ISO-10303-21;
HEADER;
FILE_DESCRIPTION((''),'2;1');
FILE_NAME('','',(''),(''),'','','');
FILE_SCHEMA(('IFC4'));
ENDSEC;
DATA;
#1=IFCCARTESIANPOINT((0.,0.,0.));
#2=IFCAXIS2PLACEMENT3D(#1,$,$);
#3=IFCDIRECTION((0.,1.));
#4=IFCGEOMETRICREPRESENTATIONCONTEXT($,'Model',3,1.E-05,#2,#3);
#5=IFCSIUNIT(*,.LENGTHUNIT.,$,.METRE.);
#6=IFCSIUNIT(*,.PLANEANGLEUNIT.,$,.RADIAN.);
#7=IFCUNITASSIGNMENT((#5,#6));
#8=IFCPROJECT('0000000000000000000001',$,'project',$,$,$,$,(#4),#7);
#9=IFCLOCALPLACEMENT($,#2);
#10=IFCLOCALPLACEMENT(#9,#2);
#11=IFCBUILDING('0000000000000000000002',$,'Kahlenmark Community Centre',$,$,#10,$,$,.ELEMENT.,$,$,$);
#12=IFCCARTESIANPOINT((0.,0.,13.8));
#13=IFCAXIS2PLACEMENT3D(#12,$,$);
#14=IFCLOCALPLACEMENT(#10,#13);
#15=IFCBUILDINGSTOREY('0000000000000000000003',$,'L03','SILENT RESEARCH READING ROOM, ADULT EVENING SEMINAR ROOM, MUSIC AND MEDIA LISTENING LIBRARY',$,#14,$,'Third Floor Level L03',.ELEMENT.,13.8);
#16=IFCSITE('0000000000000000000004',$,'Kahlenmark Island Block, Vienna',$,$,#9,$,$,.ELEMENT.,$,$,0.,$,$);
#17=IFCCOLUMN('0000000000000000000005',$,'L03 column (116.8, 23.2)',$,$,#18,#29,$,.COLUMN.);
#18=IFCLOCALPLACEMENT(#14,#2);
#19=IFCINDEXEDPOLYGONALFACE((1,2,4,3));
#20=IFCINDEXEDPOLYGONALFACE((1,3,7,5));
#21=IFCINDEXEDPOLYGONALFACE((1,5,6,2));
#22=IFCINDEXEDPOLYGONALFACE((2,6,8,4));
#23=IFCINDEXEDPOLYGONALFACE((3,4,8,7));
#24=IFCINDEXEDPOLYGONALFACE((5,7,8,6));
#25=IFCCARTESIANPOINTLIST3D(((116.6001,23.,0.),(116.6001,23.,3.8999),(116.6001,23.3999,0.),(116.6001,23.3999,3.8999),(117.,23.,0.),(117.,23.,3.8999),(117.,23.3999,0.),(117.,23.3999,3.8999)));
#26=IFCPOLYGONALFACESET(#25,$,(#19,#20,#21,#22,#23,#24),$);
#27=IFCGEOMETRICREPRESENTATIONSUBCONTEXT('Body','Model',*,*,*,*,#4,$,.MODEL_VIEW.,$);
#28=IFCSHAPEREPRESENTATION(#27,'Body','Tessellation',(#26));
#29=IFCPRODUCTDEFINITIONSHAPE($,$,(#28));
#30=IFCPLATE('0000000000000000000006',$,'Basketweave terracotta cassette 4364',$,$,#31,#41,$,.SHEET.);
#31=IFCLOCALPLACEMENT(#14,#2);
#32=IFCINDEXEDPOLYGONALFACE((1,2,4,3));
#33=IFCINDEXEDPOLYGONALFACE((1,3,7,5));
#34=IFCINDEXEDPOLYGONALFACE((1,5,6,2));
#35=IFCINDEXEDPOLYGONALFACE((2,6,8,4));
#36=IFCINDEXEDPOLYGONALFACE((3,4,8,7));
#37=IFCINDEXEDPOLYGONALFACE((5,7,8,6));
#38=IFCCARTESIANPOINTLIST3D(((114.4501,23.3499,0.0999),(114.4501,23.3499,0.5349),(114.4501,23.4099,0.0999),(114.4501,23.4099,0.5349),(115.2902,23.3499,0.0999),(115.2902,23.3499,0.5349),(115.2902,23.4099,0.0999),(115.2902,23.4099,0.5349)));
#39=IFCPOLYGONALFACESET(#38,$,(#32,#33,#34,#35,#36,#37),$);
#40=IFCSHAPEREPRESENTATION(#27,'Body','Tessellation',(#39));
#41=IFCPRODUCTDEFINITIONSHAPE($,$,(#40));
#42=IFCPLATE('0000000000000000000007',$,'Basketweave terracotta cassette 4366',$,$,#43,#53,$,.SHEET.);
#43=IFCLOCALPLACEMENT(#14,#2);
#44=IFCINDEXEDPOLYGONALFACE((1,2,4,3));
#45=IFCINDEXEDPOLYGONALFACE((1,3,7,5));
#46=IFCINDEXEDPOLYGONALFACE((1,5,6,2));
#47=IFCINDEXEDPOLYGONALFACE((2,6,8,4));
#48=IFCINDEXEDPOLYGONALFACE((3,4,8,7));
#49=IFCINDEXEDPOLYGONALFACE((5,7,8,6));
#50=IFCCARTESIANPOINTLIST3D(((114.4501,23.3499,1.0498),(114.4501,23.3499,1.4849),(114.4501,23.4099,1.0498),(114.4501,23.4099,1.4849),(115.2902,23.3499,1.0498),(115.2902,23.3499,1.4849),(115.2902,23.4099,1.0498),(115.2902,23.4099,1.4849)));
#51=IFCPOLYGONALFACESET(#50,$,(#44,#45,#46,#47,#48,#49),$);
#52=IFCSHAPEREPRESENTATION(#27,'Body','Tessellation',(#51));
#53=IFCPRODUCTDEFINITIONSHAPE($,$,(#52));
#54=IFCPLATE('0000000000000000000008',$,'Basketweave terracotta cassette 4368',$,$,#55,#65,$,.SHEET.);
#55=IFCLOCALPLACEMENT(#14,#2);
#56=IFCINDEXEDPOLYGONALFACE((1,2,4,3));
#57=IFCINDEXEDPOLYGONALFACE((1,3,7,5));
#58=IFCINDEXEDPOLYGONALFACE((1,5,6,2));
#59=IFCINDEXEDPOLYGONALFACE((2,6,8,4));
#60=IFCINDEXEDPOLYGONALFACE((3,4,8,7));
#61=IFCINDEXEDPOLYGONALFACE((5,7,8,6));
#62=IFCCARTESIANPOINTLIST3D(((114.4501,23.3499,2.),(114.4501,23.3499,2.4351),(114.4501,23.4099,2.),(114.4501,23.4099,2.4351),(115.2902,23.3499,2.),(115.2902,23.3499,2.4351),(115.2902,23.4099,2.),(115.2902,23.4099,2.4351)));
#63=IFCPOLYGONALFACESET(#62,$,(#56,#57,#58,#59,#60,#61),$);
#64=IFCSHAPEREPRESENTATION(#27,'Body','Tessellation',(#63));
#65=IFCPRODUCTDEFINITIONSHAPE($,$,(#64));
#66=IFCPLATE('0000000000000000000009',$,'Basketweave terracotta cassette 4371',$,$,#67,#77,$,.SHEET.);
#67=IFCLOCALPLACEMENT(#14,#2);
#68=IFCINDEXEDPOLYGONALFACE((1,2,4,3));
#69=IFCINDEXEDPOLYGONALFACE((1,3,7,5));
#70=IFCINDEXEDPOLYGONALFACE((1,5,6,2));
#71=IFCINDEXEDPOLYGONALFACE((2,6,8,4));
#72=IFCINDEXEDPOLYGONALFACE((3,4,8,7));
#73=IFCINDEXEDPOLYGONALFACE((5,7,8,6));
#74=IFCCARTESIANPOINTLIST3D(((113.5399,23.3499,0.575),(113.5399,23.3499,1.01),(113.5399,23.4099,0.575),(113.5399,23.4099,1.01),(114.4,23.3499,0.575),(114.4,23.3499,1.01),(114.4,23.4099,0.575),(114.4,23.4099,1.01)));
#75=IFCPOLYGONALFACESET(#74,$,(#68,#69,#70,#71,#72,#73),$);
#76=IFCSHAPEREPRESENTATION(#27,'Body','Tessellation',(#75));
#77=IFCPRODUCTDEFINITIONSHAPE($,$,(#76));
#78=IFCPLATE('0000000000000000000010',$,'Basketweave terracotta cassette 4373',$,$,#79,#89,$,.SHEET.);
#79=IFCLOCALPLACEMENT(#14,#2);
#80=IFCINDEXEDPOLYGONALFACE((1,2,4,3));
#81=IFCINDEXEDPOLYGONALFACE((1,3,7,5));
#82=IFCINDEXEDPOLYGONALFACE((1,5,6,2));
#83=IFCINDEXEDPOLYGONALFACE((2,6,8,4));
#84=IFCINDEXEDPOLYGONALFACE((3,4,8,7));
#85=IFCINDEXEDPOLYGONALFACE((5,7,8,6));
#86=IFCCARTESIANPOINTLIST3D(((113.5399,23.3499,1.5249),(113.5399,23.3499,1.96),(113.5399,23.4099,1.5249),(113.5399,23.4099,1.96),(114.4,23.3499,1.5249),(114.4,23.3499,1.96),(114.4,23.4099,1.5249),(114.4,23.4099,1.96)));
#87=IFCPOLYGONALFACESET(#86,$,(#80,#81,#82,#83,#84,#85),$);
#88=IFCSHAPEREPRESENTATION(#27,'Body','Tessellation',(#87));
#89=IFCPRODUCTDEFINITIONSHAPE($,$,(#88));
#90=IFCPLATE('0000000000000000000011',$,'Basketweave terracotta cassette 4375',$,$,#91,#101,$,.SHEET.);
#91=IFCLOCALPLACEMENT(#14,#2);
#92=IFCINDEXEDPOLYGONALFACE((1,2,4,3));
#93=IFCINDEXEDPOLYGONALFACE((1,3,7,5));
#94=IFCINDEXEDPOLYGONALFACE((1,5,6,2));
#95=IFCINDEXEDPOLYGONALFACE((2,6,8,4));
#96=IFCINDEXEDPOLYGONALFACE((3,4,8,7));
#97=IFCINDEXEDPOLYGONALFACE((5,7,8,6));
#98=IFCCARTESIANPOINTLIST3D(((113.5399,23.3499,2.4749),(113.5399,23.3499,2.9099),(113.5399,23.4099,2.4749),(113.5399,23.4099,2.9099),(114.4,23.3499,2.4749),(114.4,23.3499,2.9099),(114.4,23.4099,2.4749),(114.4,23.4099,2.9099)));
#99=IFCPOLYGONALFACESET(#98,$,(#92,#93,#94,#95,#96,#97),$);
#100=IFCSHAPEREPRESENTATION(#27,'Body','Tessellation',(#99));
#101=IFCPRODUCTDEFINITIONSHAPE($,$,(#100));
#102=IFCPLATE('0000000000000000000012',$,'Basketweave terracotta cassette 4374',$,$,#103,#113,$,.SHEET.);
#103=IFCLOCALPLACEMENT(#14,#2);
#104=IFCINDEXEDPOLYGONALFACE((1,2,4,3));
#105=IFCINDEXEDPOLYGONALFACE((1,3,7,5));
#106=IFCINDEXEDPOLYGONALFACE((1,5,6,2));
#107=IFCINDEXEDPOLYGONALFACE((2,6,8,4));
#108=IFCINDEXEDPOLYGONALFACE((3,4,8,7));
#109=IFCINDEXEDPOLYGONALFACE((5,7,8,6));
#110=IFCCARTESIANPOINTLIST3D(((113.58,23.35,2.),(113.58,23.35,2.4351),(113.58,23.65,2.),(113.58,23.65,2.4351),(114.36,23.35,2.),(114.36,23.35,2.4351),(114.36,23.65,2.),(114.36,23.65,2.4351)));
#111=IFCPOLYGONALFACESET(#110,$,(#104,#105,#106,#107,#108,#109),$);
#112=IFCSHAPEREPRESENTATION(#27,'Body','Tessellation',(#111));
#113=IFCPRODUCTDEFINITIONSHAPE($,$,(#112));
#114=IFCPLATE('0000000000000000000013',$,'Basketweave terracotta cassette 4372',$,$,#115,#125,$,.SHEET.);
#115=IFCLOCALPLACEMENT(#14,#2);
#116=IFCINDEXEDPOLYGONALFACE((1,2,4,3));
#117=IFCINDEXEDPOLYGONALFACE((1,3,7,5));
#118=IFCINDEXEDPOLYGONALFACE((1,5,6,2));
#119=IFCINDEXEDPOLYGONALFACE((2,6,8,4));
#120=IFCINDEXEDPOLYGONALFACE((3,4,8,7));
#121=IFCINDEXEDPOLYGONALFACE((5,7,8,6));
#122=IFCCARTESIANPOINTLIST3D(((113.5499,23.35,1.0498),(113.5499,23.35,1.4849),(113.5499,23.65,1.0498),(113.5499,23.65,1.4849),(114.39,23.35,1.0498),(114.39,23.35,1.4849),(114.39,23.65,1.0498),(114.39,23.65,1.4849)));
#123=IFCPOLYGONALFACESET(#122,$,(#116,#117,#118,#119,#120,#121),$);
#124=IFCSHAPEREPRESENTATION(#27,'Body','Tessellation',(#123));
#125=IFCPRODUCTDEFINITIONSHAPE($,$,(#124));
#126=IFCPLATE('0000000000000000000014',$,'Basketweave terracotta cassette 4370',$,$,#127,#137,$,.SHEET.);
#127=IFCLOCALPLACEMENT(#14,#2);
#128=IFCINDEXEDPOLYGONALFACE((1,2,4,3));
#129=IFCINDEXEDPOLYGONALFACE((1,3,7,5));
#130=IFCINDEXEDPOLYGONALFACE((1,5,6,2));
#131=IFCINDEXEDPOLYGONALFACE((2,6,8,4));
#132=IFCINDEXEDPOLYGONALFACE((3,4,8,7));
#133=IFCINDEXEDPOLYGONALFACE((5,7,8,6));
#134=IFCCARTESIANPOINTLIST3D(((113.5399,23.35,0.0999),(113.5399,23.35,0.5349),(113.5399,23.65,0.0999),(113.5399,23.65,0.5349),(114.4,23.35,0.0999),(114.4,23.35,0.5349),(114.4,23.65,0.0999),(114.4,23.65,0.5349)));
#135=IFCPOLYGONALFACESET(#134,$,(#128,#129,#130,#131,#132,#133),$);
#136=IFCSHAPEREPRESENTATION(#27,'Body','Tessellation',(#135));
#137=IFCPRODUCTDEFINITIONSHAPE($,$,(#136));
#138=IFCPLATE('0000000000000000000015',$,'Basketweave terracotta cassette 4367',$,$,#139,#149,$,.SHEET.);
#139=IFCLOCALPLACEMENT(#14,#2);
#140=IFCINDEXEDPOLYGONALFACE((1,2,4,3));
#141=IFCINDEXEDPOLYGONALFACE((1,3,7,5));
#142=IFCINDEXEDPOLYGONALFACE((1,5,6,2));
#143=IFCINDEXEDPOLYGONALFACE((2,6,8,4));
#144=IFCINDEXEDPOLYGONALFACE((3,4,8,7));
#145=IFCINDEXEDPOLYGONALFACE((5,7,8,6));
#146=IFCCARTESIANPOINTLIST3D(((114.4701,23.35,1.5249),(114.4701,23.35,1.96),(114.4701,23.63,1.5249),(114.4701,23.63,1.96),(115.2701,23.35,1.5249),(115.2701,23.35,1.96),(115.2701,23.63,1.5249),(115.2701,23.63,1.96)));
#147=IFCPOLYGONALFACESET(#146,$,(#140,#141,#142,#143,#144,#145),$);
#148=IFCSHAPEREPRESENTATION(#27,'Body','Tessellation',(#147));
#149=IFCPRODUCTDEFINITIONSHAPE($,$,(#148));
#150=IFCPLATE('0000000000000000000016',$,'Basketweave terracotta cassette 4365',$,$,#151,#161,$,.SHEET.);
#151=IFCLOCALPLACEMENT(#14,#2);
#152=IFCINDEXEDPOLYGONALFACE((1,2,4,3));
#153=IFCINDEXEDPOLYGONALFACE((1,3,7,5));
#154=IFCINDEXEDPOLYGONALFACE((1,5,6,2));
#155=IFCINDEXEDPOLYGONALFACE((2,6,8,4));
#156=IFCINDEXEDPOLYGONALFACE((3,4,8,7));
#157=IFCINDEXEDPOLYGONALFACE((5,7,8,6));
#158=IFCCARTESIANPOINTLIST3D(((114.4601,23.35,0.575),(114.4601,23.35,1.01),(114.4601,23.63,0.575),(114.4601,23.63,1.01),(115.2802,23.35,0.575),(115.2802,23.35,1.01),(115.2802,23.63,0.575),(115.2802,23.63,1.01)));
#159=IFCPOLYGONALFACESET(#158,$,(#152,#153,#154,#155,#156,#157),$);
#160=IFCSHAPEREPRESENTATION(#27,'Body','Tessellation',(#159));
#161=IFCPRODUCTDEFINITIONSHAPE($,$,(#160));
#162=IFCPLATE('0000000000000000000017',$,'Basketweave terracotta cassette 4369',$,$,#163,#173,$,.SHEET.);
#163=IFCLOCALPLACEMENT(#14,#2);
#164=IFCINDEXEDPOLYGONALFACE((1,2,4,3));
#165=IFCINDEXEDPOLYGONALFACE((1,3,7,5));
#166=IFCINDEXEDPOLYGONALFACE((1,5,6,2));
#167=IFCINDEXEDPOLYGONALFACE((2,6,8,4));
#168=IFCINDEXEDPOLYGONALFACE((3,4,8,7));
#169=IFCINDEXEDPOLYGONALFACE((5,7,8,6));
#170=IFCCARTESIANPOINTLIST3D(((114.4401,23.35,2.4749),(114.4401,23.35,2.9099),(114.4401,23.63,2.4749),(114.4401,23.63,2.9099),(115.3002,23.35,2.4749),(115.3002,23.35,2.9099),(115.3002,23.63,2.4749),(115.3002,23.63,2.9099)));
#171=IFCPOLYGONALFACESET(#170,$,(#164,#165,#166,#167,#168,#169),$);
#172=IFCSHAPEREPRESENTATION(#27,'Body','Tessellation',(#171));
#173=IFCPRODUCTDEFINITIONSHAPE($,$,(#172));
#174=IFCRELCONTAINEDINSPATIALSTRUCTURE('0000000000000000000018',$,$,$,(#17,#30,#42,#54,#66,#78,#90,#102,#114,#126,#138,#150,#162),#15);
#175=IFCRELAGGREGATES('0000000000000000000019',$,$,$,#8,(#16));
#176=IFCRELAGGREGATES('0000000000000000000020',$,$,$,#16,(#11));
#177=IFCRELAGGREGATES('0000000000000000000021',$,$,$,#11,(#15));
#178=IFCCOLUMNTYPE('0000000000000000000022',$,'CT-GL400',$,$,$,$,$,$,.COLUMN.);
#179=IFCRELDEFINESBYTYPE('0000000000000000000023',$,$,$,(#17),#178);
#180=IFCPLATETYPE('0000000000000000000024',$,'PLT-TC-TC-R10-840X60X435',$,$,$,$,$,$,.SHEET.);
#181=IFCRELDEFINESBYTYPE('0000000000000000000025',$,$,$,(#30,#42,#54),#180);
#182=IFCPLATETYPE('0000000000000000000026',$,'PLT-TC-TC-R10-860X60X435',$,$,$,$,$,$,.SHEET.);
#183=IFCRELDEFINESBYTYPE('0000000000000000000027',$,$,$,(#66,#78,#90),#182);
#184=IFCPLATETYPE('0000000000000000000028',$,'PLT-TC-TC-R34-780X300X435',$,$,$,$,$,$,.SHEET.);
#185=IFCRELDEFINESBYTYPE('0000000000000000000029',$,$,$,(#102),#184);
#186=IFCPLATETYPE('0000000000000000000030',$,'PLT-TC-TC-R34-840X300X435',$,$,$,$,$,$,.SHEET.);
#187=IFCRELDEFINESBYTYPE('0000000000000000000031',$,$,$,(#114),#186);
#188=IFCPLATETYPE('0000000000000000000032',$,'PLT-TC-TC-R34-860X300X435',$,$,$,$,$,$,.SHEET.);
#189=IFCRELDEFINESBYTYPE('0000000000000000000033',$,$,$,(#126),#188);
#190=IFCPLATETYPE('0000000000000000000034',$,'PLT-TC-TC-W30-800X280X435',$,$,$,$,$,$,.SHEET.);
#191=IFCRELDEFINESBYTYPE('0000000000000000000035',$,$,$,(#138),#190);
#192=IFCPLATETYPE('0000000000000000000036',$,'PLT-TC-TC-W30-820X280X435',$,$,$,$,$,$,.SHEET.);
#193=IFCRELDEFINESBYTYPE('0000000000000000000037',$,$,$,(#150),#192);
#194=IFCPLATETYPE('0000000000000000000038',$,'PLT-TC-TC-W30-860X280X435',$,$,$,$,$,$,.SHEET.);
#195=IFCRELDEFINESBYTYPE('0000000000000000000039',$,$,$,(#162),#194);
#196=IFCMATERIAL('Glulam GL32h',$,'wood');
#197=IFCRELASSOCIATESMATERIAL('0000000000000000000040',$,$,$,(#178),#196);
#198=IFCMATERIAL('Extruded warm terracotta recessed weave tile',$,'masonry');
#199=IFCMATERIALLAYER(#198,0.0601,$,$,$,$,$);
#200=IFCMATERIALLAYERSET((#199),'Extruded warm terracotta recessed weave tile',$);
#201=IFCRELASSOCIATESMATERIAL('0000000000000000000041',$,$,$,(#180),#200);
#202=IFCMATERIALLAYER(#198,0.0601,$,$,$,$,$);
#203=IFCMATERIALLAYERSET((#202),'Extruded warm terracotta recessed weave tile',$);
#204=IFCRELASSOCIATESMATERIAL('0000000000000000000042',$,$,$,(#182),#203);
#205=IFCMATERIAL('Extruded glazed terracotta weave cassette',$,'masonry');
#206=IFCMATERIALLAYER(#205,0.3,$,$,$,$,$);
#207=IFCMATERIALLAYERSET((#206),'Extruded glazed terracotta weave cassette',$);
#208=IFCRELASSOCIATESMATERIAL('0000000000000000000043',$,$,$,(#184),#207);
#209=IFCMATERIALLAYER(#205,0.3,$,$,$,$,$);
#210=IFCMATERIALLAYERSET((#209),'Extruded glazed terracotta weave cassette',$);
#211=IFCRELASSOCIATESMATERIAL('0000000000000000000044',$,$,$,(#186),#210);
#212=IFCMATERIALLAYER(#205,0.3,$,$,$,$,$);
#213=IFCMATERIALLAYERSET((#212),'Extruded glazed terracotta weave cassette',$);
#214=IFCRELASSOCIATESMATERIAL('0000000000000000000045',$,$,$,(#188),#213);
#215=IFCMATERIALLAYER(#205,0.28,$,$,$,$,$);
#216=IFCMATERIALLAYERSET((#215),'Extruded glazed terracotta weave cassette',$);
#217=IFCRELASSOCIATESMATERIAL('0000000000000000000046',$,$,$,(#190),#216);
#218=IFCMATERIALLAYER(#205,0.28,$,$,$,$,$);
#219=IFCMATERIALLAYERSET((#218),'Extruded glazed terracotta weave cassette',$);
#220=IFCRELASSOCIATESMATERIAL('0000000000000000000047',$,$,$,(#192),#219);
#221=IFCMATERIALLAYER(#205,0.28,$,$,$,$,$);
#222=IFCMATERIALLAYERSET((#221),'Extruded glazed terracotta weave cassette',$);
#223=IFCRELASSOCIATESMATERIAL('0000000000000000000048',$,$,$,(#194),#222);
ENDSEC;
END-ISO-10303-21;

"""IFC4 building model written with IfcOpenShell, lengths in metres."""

from ifc_helpers import new_model, si_unit, direction, frame, origin, origin_2d, place, context, subcontext, project, spatial, rectangle, extrude, material, layer, layer_set, material_profile, profile_set, type_object, element, save


model = new_model("IFC4")

# Units and contexts
model_context = context("Model", 3, precision=1e-05, world=origin(), true_north=direction((0.0, 1.0)))
body_context = subcontext(model_context, "Body", "Model", "MODEL_VIEW")
ifc_project = project(units=[si_unit("LENGTHUNIT", "METRE"), si_unit("PLANEANGLEUNIT", "RADIAN")], contexts=[model_context])

# Site, building, storey
site_placement = place(None, origin())
site = spatial("IfcSite", under=ifc_project, at=site_placement, Name="Kahlenmark Island Block, Vienna", CompositionType="ELEMENT", RefElevation=0.0)
building_placement = place(site_placement, origin())
building = spatial("IfcBuilding", under=site, at=building_placement, Name="Kahlenmark Community Centre", CompositionType="ELEMENT")
storey_placement = place(building_placement, frame((0.0, 0.0, 13.8)))
storey = spatial("IfcBuildingStorey", under=building, at=storey_placement, Name="L03", Description="SILENT RESEARCH READING ROOM, ADULT EVENING SEMINAR ROOM, MUSIC AND MEDIA LISTENING LIBRARY", LongName="Third Floor Level L03", CompositionType="ELEMENT", Elevation=13.8)

# Column
ifc_material_1 = material(Name="Glulam GL32h", Category="wood")
ifc_material_profile = material_profile(ifc_material_1, rectangle(XDim=0.3999, YDim=0.3999, at=origin_2d()), Name="GL32h 400x400")
ifc_profile_set = profile_set([ifc_material_profile], Name="Glulam GL32h")
column_type = type_object("IfcColumnType", Name="CT-GL400", PredefinedType="COLUMN", material=ifc_profile_set)
column_placement = place(storey_placement, frame((116.8, 23.2, 0.0), z_axis=(0.0, 0.0, 1.0), x_axis=(1.0, 0.0, 0.0)))
element("IfcColumn", 1, at=column_placement, inside=storey, type_object=column_type, Name="L03 column (116.8, 23.2)", PredefinedType="COLUMN", context=body_context, shape_type="SweptSolid", body=[
    extrude(rectangle(XDim=0.3999, YDim=0.3999, at=origin_2d()), origin(), (0.0, 0.0, 1.0), 3.8999),
])

# Plates
ifc_material_2 = material(Name="Extruded warm terracotta recessed weave tile", Category="masonry")
ifc_layer_1 = layer(ifc_material_2, 0.0601)
ifc_layer_set_1 = layer_set([ifc_layer_1], Name="Extruded warm terracotta recessed weave tile")
plate_type_1 = type_object("IfcPlateType", Name="PLT-TC-TC-R10-840X60X435", PredefinedType="SHEET", material=ifc_layer_set_1)
for number, where, z_axis, x_axis, name in (
    (2, (114.8701, 23.3799, 0.0999), (0.0, 0.0, 1.0), (-1.0, 0.0, 0.0), "Basketweave terracotta cassette 4364"),
    (3, (114.8701, 23.3799, 1.0498), (0.0, 0.0, 1.0), (-1.0, 0.0, 0.0), "Basketweave terracotta cassette 4366"),
    (4, (114.8701, 23.3799, 2.0), (0.0, 0.0, 1.0), (-1.0, 0.0, 0.0), "Basketweave terracotta cassette 4368"),
):
    element("IfcPlate", number, at=place(storey_placement, frame(where, z_axis=z_axis, x_axis=x_axis)), inside=storey, type_object=plate_type_1, Name=name, PredefinedType="SHEET", context=body_context, shape_type="SweptSolid", body=[
        extrude(rectangle(XDim=0.8401, YDim=0.0601, at=origin_2d()), origin(), (0.0, 0.0, 1.0), 0.4351),
    ])
ifc_layer_2 = layer(ifc_material_2, 0.0601)
ifc_layer_set_2 = layer_set([ifc_layer_2], Name="Extruded warm terracotta recessed weave tile")
plate_type_2 = type_object("IfcPlateType", Name="PLT-TC-TC-R10-860X60X435", PredefinedType="SHEET", material=ifc_layer_set_2)
for number, where, z_axis, x_axis, name in (
    (5, (113.97, 23.3799, 0.575), (0.0, 0.0, 1.0), (-1.0, 0.0, 0.0), "Basketweave terracotta cassette 4371"),
    (6, (113.97, 23.3799, 1.5249), (0.0, 0.0, 1.0), (-1.0, 0.0, 0.0), "Basketweave terracotta cassette 4373"),
    (7, (113.97, 23.3799, 2.4749), (0.0, 0.0, 1.0), (-1.0, 0.0, 0.0), "Basketweave terracotta cassette 4375"),
):
    element("IfcPlate", number, at=place(storey_placement, frame(where, z_axis=z_axis, x_axis=x_axis)), inside=storey, type_object=plate_type_2, Name=name, PredefinedType="SHEET", context=body_context, shape_type="SweptSolid", body=[
        extrude(rectangle(XDim=0.8601, YDim=0.0601, at=origin_2d()), origin(), (0.0, 0.0, 1.0), 0.4351),
    ])
ifc_material_3 = material(Name="Extruded glazed terracotta weave cassette", Category="masonry")
ifc_layer_3 = layer(ifc_material_3, 0.3)
ifc_layer_set_3 = layer_set([ifc_layer_3], Name="Extruded glazed terracotta weave cassette")
plate_type_3 = type_object("IfcPlateType", Name="PLT-TC-TC-R34-780X300X435", PredefinedType="SHEET", material=ifc_layer_set_3)
plate_1_placement = place(storey_placement, frame((113.97, 23.5, 2.0), z_axis=(0.0, 0.0, 1.0), x_axis=(-1.0, 0.0, 0.0)))
element("IfcPlate", 8, at=plate_1_placement, inside=storey, type_object=plate_type_3, Name="Basketweave terracotta cassette 4374", PredefinedType="SHEET", context=body_context, shape_type="SweptSolid", body=[
    extrude(rectangle(XDim=0.78, YDim=0.3, at=origin_2d()), origin(), (0.0, 0.0, 1.0), 0.4351),
])
ifc_layer_4 = layer(ifc_material_3, 0.3)
ifc_layer_set_4 = layer_set([ifc_layer_4], Name="Extruded glazed terracotta weave cassette")
plate_type_4 = type_object("IfcPlateType", Name="PLT-TC-TC-R34-840X300X435", PredefinedType="SHEET", material=ifc_layer_set_4)
plate_2_placement = place(storey_placement, frame((113.97, 23.5, 1.0498), z_axis=(0.0, 0.0, 1.0), x_axis=(-1.0, 0.0, 0.0)))
element("IfcPlate", 9, at=plate_2_placement, inside=storey, type_object=plate_type_4, Name="Basketweave terracotta cassette 4372", PredefinedType="SHEET", context=body_context, shape_type="SweptSolid", body=[
    extrude(rectangle(XDim=0.8401, YDim=0.3, at=origin_2d()), origin(), (0.0, 0.0, 1.0), 0.4351),
])
ifc_layer_5 = layer(ifc_material_3, 0.3)
ifc_layer_set_5 = layer_set([ifc_layer_5], Name="Extruded glazed terracotta weave cassette")
plate_type_5 = type_object("IfcPlateType", Name="PLT-TC-TC-R34-860X300X435", PredefinedType="SHEET", material=ifc_layer_set_5)
plate_3_placement = place(storey_placement, frame((113.97, 23.5, 0.0999), z_axis=(0.0, 0.0, 1.0), x_axis=(-1.0, 0.0, 0.0)))
element("IfcPlate", 10, at=plate_3_placement, inside=storey, type_object=plate_type_5, Name="Basketweave terracotta cassette 4370", PredefinedType="SHEET", context=body_context, shape_type="SweptSolid", body=[
    extrude(rectangle(XDim=0.8601, YDim=0.3, at=origin_2d()), origin(), (0.0, 0.0, 1.0), 0.4351),
])
ifc_layer_6 = layer(ifc_material_3, 0.28)
ifc_layer_set_6 = layer_set([ifc_layer_6], Name="Extruded glazed terracotta weave cassette")
plate_type_6 = type_object("IfcPlateType", Name="PLT-TC-TC-W30-800X280X435", PredefinedType="SHEET", material=ifc_layer_set_6)
plate_4_placement = place(storey_placement, frame((114.8701, 23.49, 1.5249), z_axis=(0.0, 0.0, 1.0), x_axis=(-1.0, 0.0, 0.0)))
element("IfcPlate", 11, at=plate_4_placement, inside=storey, type_object=plate_type_6, Name="Basketweave terracotta cassette 4367", PredefinedType="SHEET", context=body_context, shape_type="SweptSolid", body=[
    extrude(rectangle(XDim=0.8, YDim=0.28, at=origin_2d()), origin(), (0.0, 0.0, 1.0), 0.4351),
])
ifc_layer_7 = layer(ifc_material_3, 0.28)
ifc_layer_set_7 = layer_set([ifc_layer_7], Name="Extruded glazed terracotta weave cassette")
plate_type_7 = type_object("IfcPlateType", Name="PLT-TC-TC-W30-820X280X435", PredefinedType="SHEET", material=ifc_layer_set_7)
plate_5_placement = place(storey_placement, frame((114.8701, 23.49, 0.575), z_axis=(0.0, 0.0, 1.0), x_axis=(-1.0, 0.0, 0.0)))
element("IfcPlate", 12, at=plate_5_placement, inside=storey, type_object=plate_type_7, Name="Basketweave terracotta cassette 4365", PredefinedType="SHEET", context=body_context, shape_type="SweptSolid", body=[
    extrude(rectangle(XDim=0.8201, YDim=0.28, at=origin_2d()), origin(), (0.0, 0.0, 1.0), 0.4351),
])
ifc_layer_8 = layer(ifc_material_3, 0.28)
ifc_layer_set_8 = layer_set([ifc_layer_8], Name="Extruded glazed terracotta weave cassette")
plate_type_8 = type_object("IfcPlateType", Name="PLT-TC-TC-W30-860X280X435", PredefinedType="SHEET", material=ifc_layer_set_8)
plate_6_placement = place(storey_placement, frame((114.8701, 23.49, 2.4749), z_axis=(0.0, 0.0, 1.0), x_axis=(-1.0, 0.0, 0.0)))
element("IfcPlate", 13, at=plate_6_placement, inside=storey, type_object=plate_type_8, Name="Basketweave terracotta cassette 4369", PredefinedType="SHEET", context=body_context, shape_type="SweptSolid", body=[
    extrude(rectangle(XDim=0.8601, YDim=0.28, at=origin_2d()), origin(), (0.0, 0.0, 1.0), 0.4351),
])

save(model, "model.ifc")
